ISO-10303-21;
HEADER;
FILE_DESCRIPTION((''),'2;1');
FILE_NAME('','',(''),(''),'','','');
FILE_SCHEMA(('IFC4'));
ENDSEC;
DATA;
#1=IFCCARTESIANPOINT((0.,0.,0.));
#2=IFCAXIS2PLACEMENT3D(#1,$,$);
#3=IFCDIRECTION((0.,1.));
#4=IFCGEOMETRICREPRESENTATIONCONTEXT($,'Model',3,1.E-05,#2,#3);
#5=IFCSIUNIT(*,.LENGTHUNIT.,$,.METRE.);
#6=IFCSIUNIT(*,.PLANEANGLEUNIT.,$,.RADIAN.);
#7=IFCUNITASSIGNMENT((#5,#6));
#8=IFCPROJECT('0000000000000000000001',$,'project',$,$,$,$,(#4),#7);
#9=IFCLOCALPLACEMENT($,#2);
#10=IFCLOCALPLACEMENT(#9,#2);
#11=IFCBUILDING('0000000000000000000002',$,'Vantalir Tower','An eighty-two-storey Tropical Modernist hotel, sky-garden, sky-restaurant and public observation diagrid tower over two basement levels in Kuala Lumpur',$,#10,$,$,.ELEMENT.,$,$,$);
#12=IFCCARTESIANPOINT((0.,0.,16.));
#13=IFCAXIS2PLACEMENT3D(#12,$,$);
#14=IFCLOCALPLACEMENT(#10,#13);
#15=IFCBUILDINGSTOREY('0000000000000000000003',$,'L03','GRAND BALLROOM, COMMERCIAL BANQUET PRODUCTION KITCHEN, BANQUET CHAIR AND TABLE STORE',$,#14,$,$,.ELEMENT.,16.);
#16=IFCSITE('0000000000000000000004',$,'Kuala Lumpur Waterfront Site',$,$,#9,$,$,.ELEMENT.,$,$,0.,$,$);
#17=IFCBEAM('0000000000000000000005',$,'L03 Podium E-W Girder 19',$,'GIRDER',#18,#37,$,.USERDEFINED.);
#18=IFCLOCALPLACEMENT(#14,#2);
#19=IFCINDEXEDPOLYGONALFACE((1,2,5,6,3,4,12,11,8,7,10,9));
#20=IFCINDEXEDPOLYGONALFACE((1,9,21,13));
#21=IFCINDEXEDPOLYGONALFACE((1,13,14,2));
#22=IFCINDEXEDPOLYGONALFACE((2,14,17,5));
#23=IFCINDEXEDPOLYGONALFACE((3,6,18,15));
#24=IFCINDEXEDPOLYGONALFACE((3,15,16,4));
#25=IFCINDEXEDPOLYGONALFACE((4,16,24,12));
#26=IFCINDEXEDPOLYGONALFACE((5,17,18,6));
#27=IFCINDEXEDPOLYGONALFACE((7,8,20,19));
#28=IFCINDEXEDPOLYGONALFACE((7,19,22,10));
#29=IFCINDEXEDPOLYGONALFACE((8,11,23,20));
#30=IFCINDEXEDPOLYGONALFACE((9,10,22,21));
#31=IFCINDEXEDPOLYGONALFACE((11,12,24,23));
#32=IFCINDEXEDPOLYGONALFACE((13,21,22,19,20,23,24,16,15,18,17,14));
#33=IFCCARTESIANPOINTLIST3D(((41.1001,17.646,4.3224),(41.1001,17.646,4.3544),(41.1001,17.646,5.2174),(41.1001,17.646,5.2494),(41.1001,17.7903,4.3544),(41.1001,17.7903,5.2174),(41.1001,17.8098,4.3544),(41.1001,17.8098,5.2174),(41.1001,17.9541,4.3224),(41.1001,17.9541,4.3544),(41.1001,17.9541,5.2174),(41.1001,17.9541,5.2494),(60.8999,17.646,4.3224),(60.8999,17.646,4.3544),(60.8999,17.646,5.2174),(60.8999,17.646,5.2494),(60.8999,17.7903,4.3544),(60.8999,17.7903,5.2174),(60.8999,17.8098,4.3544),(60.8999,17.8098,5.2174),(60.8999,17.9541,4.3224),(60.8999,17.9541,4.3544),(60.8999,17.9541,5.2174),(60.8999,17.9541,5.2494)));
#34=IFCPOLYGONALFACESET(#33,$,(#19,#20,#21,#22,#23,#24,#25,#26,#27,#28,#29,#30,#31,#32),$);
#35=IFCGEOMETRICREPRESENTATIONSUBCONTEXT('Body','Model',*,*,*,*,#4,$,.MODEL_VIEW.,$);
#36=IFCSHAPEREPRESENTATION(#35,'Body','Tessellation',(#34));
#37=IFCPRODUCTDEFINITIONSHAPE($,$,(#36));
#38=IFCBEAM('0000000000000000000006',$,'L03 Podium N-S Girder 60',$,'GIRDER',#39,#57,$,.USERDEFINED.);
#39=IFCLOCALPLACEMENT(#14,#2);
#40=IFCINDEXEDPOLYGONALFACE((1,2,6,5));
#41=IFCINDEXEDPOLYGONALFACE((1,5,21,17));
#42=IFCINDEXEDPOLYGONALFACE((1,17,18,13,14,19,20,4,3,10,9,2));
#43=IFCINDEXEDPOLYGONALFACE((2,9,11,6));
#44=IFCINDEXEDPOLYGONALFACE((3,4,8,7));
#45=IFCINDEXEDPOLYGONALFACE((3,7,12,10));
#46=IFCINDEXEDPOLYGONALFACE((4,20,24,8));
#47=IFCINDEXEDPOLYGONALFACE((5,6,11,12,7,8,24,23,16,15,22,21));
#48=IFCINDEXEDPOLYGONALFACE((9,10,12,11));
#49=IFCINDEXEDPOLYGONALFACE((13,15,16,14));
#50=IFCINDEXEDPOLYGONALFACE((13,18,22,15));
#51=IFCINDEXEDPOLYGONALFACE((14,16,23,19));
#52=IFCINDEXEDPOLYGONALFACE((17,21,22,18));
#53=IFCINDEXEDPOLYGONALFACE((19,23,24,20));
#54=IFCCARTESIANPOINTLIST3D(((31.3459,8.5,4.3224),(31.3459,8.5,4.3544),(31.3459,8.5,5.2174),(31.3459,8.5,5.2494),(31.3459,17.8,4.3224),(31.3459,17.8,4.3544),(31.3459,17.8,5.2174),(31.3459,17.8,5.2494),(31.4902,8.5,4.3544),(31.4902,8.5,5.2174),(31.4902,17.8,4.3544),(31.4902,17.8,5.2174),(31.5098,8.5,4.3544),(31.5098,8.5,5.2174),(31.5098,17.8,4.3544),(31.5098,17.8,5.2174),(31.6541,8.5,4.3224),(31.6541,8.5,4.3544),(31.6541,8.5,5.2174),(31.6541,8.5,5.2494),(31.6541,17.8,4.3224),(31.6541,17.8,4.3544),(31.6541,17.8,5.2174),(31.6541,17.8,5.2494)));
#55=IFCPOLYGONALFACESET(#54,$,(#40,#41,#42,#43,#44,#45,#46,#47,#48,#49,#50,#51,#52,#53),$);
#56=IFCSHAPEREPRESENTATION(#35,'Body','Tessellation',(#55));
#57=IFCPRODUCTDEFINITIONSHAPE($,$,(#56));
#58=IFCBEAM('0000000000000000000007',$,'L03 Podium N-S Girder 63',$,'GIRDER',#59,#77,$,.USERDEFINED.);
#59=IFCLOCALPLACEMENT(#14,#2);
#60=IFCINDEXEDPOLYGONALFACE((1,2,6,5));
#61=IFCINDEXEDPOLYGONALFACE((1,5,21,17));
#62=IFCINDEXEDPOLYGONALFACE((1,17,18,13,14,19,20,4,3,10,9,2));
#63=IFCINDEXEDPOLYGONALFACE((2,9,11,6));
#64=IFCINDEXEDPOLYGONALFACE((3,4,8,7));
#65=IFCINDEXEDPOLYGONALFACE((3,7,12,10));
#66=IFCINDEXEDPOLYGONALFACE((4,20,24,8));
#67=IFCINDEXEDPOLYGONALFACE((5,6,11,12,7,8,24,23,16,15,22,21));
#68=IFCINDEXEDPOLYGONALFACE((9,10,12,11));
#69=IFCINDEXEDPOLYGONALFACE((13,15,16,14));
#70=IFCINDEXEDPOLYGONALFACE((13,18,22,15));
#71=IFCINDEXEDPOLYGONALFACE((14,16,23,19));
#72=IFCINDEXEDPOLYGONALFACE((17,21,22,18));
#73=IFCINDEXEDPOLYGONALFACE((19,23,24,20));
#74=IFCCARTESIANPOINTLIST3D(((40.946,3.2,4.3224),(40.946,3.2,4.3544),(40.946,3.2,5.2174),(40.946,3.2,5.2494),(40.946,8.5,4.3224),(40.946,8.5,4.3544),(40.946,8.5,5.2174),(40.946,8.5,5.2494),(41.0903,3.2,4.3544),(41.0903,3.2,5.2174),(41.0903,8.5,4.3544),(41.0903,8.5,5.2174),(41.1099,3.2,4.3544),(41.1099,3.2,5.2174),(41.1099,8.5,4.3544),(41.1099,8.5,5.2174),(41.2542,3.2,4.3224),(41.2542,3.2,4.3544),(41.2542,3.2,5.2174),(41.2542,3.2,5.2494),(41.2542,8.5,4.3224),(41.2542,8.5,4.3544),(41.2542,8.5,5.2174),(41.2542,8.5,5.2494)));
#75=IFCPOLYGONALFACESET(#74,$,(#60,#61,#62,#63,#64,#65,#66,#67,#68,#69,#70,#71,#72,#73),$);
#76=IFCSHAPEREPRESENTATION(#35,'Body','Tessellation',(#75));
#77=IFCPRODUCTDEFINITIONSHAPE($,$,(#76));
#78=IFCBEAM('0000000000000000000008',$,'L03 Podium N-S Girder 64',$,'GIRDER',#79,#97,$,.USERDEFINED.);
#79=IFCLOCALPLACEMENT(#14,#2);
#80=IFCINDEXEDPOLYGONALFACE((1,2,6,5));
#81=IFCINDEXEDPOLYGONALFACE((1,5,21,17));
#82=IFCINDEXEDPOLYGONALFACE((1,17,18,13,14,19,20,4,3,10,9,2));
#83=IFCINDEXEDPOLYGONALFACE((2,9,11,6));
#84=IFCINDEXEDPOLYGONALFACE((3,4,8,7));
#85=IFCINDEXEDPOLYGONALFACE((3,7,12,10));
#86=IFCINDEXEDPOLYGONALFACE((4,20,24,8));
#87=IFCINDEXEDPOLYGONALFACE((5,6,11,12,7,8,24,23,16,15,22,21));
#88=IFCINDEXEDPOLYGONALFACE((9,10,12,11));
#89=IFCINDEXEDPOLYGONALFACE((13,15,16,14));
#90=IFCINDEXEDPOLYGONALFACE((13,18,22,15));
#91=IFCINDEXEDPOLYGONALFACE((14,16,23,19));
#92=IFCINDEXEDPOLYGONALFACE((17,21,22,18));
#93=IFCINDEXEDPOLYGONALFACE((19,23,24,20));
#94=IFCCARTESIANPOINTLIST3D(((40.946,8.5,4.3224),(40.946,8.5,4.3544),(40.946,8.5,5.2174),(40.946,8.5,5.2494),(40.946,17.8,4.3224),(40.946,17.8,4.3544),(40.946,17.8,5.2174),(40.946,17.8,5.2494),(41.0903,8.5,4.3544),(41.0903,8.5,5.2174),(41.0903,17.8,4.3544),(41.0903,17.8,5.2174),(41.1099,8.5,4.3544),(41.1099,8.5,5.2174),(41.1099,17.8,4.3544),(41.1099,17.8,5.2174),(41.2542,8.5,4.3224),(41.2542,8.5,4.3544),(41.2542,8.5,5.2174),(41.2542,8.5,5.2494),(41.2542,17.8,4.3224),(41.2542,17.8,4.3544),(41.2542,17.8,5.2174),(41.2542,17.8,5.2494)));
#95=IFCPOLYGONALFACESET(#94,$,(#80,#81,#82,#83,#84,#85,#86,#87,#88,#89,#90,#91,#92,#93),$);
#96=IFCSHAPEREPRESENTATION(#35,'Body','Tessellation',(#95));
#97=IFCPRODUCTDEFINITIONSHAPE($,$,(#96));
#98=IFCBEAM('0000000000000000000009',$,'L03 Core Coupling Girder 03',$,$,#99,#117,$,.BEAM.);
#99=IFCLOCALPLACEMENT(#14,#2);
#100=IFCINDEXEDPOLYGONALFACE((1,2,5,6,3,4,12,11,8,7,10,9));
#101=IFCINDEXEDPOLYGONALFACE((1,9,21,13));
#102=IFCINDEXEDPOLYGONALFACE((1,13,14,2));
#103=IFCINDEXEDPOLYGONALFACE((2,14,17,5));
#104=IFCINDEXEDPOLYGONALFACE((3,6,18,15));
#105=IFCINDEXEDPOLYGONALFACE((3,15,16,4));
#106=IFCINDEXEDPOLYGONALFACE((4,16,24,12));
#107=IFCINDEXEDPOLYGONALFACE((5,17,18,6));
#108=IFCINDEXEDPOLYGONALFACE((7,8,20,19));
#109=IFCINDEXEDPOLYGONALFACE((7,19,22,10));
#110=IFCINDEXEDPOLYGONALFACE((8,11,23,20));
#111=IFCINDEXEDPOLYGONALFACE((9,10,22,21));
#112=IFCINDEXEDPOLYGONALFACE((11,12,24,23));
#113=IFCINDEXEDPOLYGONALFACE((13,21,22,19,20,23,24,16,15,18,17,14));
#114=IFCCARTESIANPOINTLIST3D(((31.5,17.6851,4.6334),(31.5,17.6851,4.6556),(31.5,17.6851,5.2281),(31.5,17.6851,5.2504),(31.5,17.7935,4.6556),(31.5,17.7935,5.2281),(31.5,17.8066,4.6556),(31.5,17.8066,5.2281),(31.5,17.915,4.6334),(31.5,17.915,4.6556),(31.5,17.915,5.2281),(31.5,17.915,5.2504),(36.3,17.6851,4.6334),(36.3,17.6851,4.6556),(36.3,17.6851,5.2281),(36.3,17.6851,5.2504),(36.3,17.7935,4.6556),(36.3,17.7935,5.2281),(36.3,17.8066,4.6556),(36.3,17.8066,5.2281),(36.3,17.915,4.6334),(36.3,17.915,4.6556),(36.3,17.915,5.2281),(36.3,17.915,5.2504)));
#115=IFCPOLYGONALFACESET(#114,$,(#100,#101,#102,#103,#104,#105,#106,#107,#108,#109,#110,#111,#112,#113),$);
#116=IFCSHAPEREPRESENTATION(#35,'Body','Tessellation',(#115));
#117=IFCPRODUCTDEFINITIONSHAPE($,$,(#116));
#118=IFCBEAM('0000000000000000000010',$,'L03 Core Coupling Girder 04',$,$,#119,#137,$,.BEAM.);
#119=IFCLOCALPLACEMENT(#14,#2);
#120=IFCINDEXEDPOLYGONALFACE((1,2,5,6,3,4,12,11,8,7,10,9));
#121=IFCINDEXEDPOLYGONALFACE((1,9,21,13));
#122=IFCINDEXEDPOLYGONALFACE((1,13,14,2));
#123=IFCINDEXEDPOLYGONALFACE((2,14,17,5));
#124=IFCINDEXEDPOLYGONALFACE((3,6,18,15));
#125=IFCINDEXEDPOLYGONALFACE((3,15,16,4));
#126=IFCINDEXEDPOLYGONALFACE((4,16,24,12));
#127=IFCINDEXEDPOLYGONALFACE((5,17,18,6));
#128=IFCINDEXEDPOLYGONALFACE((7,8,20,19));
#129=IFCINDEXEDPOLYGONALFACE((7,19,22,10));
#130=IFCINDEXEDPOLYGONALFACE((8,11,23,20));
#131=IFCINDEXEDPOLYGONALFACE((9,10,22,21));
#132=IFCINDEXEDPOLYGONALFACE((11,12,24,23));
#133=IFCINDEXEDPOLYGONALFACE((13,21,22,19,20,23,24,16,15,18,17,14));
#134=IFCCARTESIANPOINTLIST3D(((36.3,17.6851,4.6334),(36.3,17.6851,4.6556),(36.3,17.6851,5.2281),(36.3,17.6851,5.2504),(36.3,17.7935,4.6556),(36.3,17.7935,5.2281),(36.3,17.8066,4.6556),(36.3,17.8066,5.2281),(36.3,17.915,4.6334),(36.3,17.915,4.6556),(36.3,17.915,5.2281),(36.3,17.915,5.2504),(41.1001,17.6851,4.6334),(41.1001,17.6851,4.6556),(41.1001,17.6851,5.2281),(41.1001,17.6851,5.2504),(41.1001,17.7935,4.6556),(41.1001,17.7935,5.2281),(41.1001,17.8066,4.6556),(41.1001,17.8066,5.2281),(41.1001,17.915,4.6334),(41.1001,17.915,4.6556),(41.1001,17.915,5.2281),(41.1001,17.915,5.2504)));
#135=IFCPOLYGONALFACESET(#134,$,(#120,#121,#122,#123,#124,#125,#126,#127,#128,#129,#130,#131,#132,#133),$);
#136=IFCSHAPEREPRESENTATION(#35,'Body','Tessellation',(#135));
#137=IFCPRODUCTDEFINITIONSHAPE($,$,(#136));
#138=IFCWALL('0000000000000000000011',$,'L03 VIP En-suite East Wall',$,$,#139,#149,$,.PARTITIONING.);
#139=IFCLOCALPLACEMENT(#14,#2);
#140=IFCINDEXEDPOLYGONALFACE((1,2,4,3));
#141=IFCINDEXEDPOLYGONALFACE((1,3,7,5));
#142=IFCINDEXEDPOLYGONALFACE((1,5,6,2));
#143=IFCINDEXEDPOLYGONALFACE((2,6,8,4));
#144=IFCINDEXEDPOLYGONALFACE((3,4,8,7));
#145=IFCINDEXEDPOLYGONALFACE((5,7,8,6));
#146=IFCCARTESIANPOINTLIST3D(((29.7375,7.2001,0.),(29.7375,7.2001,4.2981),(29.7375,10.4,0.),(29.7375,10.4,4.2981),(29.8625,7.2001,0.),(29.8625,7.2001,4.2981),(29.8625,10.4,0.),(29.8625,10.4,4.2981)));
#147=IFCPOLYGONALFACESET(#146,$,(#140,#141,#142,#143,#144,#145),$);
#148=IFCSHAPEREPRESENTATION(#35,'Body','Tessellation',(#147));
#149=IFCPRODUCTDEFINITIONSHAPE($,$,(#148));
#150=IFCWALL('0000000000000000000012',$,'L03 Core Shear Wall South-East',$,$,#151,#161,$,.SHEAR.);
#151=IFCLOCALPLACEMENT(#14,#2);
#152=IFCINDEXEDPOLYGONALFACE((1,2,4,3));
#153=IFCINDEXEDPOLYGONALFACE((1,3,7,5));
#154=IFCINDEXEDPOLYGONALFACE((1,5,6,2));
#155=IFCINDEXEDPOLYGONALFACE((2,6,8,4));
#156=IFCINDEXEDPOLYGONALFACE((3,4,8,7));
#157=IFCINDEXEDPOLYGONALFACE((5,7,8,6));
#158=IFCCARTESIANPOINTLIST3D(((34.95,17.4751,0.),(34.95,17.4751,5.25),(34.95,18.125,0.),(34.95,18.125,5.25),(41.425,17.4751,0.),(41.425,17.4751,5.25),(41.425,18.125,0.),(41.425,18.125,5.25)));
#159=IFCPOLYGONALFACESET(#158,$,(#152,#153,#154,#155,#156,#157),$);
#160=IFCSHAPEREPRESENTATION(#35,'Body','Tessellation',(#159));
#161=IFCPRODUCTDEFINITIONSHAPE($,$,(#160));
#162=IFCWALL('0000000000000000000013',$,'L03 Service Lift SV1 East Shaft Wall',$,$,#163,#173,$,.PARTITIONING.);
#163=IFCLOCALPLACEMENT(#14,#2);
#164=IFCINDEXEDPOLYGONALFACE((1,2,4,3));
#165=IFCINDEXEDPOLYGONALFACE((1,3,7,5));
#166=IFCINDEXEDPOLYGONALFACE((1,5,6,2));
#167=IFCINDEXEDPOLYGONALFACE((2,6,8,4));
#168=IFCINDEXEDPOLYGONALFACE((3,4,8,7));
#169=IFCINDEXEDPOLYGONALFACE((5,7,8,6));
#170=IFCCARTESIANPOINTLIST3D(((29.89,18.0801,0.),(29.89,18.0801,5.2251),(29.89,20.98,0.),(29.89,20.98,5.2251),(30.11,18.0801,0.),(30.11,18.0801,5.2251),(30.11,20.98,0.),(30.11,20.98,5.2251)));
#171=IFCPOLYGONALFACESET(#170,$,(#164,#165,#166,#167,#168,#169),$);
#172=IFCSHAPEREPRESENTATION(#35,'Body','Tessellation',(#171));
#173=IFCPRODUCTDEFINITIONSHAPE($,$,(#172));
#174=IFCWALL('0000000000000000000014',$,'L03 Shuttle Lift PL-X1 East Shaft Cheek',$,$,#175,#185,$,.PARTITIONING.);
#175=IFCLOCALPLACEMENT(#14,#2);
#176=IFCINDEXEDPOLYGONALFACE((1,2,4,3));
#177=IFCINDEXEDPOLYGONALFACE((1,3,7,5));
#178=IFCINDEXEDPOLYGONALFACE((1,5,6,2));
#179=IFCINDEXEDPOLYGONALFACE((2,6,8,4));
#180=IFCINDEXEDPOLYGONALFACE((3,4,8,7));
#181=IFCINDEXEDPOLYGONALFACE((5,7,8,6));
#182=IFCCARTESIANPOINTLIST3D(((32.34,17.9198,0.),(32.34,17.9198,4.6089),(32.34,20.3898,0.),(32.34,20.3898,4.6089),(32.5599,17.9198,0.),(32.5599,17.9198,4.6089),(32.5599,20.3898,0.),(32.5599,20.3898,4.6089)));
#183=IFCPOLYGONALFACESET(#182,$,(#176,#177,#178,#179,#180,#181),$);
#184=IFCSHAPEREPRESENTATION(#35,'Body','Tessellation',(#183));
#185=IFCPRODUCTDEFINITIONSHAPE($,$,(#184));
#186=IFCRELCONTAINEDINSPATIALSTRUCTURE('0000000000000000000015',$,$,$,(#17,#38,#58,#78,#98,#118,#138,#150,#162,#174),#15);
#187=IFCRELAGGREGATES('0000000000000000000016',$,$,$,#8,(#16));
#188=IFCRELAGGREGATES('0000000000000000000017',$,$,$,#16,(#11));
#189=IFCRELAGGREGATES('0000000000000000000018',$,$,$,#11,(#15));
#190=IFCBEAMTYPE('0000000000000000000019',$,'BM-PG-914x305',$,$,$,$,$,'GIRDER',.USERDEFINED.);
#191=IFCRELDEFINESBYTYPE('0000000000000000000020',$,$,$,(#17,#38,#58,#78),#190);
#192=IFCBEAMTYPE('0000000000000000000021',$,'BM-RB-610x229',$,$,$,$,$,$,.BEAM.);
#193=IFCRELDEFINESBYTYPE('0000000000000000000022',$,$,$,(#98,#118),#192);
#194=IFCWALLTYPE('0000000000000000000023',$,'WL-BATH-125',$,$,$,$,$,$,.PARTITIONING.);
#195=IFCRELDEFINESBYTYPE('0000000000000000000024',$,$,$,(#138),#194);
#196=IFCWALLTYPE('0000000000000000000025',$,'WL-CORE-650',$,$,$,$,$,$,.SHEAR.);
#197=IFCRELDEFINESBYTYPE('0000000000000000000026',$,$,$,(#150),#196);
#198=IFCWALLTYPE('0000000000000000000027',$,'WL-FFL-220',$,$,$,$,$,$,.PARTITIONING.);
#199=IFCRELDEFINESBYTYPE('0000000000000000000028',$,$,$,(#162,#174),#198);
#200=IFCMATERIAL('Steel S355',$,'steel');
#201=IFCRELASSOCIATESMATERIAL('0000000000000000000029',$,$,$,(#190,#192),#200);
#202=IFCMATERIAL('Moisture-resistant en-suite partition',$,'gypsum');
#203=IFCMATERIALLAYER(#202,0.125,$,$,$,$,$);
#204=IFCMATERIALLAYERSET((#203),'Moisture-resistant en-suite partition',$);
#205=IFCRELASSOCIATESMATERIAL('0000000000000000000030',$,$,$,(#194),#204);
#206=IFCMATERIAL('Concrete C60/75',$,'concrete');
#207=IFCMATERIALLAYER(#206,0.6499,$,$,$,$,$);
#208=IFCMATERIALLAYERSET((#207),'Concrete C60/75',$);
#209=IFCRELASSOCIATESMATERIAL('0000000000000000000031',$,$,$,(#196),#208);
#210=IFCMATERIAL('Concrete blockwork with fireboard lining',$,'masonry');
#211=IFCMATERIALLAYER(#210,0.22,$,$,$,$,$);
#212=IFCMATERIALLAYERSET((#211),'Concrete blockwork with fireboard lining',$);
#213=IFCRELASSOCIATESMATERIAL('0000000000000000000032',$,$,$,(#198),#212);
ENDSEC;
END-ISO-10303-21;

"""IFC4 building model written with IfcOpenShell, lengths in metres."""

from ifc_helpers import new_model, si_unit, direction, frame, frame_2d, origin, origin_2d, place, context, subcontext, project, spatial, rectangle, i_section, extrude, material, layer, layer_set, material_profile, profile_set, type_object, element, save


model = new_model("IFC4")

# Units and contexts
model_context = context("Model", 3, precision=1e-05, world=origin(), true_north=direction((0.0, 1.0)))
body_context = subcontext(model_context, "Body", "Model", "MODEL_VIEW")
ifc_project = project(units=[si_unit("LENGTHUNIT", "METRE"), si_unit("PLANEANGLEUNIT", "RADIAN")], contexts=[model_context])

# Site, building, storey
site_placement = place(None, origin())
site = spatial("IfcSite", under=ifc_project, at=site_placement, Name="Kuala Lumpur Waterfront Site", CompositionType="ELEMENT", RefElevation=0.0)
building_placement = place(site_placement, origin())
building = spatial("IfcBuilding", under=site, at=building_placement, Name="Vantalir Tower", Description="An eighty-two-storey Tropical Modernist hotel, sky-garden, sky-restaurant and public observation diagrid tower over two basement levels in Kuala Lumpur", CompositionType="ELEMENT")
storey_placement = place(building_placement, frame((0.0, 0.0, 16.0)))
storey = spatial("IfcBuildingStorey", under=building, at=storey_placement, Name="L03", Description="GRAND BALLROOM, COMMERCIAL BANQUET PRODUCTION KITCHEN, BANQUET CHAIR AND TABLE STORE", CompositionType="ELEMENT", Elevation=16.0)

# Shared definitions
ifc_material_1 = material(Name="Concrete C60/75", Category="concrete")

# Beams
ifc_material_2 = material(Name="Steel S355", Category="steel")
ifc_material_profile_1 = material_profile(ifc_material_2, i_section(OverallWidth=0.3081, OverallDepth=0.927, WebThickness=0.0195, FlangeThickness=0.032, at=origin_2d()), Name="Steel S355")
ifc_profile_set_1 = profile_set([ifc_material_profile_1], Name="Steel S355")
beam_type_1 = type_object("IfcBeamType", Name="BM-PG-914x305", ElementType="GIRDER", PredefinedType="USERDEFINED", material=ifc_profile_set_1)
beam_1_placement = place(storey_placement, frame((41.1001, 17.8, 4.7859), z_axis=(1.0, 0.0, 0.0), x_axis=(0.0, 1.0, 0.0)))
element("IfcBeam", 1, at=beam_1_placement, inside=storey, type_object=beam_type_1, Name="L03 Podium E-W Girder 19", ObjectType="GIRDER", PredefinedType="USERDEFINED", context=body_context, shape_type="SweptSolid", body=[
    extrude(i_section(OverallWidth=0.3081, OverallDepth=0.927, WebThickness=0.0195, FlangeThickness=0.032, at=origin_2d()), origin(), (0.0, 0.0, 1.0), 19.7998),
])
beam_2_placement = place(storey_placement, frame((31.5, 8.5, 4.7859), z_axis=(0.0, 1.0, 0.0), x_axis=(-1.0, 0.0, 0.0)))
element("IfcBeam", 2, at=beam_2_placement, inside=storey, type_object=beam_type_1, Name="L03 Podium N-S Girder 60", ObjectType="GIRDER", PredefinedType="USERDEFINED", context=body_context, shape_type="SweptSolid", body=[
    extrude(i_section(OverallWidth=0.3081, OverallDepth=0.927, WebThickness=0.0195, FlangeThickness=0.032, at=origin_2d()), origin(), (0.0, 0.0, 1.0), 9.3),
])
beam_3_placement = place(storey_placement, frame((41.1001, 3.2, 4.7859), z_axis=(0.0, 1.0, 0.0), x_axis=(-1.0, 0.0, 0.0)))
element("IfcBeam", 3, at=beam_3_placement, inside=storey, type_object=beam_type_1, Name="L03 Podium N-S Girder 63", ObjectType="GIRDER", PredefinedType="USERDEFINED", context=body_context, shape_type="SweptSolid", body=[
    extrude(i_section(OverallWidth=0.3081, OverallDepth=0.927, WebThickness=0.0195, FlangeThickness=0.032, at=origin_2d()), origin(), (0.0, 0.0, 1.0), 5.3),
])
beam_4_placement = place(storey_placement, frame((41.1001, 8.5, 4.7859), z_axis=(0.0, 1.0, 0.0), x_axis=(-1.0, 0.0, 0.0)))
element("IfcBeam", 4, at=beam_4_placement, inside=storey, type_object=beam_type_1, Name="L03 Podium N-S Girder 64", ObjectType="GIRDER", PredefinedType="USERDEFINED", context=body_context, shape_type="SweptSolid", body=[
    extrude(i_section(OverallWidth=0.3081, OverallDepth=0.927, WebThickness=0.0195, FlangeThickness=0.032, at=origin_2d()), origin(), (0.0, 0.0, 1.0), 9.3),
])
ifc_material_profile_2 = material_profile(ifc_material_2, i_section(OverallWidth=0.23, OverallDepth=0.6169, WebThickness=0.0132, FlangeThickness=0.0222, at=origin_2d()), Name="Steel S355")
ifc_profile_set_2 = profile_set([ifc_material_profile_2], Name="Steel S355")
beam_type_2 = type_object("IfcBeamType", Name="BM-RB-610x229", PredefinedType="BEAM", material=ifc_profile_set_2)
for number, where, z_axis, x_axis, name in (
    (5, (31.5, 17.8, 4.9419), (1.0, 0.0, 0.0), (0.0, 1.0, 0.0), "L03 Core Coupling Girder 03"),
    (6, (36.3, 17.8, 4.9419), (1.0, 0.0, 0.0), (0.0, 1.0, 0.0), "L03 Core Coupling Girder 04"),
):
    element("IfcBeam", number, at=place(storey_placement, frame(where, z_axis=z_axis, x_axis=x_axis)), inside=storey, type_object=beam_type_2, Name=name, PredefinedType="BEAM", context=body_context, shape_type="SweptSolid", body=[
        extrude(i_section(OverallWidth=0.23, OverallDepth=0.6169, WebThickness=0.0132, FlangeThickness=0.0222, at=origin_2d()), origin(), (0.0, 0.0, 1.0), 4.8),
    ])

# Walls
ifc_material_3 = material(Name="Moisture-resistant en-suite partition", Category="gypsum")
ifc_layer_1 = layer(ifc_material_3, 0.125)
ifc_layer_set_1 = layer_set([ifc_layer_1], Name="Moisture-resistant en-suite partition")
wall_type_1 = type_object("IfcWallType", Name="WL-BATH-125", PredefinedType="PARTITIONING", material=ifc_layer_set_1)
wall_1_placement = place(storey_placement, frame((29.8, 7.2, 0.0), z_axis=(0.0, 0.0, 1.0), x_axis=(0.0, 1.0, 0.0)))
element("IfcWall", 7, at=wall_1_placement, inside=storey, type_object=wall_type_1, Name="L03 VIP En-suite East Wall", PredefinedType="PARTITIONING", context=body_context, shape_type="SweptSolid", body=[
    extrude(rectangle(XDim=3.2, YDim=0.125, at=frame_2d((1.6001, 0.0))), origin(), (0.0, 0.0, 1.0), 4.2981),
])
ifc_layer_2 = layer(ifc_material_1, 0.6499)
ifc_layer_set_2 = layer_set([ifc_layer_2], Name="Concrete C60/75")
wall_type_2 = type_object("IfcWallType", Name="WL-CORE-650", PredefinedType="SHEAR", material=ifc_layer_set_2)
wall_2_placement = place(storey_placement, frame((34.95, 17.8, 0.0), z_axis=(0.0, 0.0, 1.0), x_axis=(1.0, 0.0, 0.0)))
element("IfcWall", 8, at=wall_2_placement, inside=storey, type_object=wall_type_2, Name="L03 Core Shear Wall South-East", PredefinedType="SHEAR", context=body_context, shape_type="SweptSolid", body=[
    extrude(rectangle(XDim=6.4751, YDim=0.6499, at=frame_2d((3.2375, 0.0))), origin(), (0.0, 0.0, 1.0), 5.25),
])
ifc_material_4 = material(Name="Concrete blockwork with fireboard lining", Category="masonry")
ifc_layer_3 = layer(ifc_material_4, 0.22)
ifc_layer_set_3 = layer_set([ifc_layer_3], Name="Concrete blockwork with fireboard lining")
wall_type_3 = type_object("IfcWallType", Name="WL-FFL-220", PredefinedType="PARTITIONING", material=ifc_layer_set_3)
wall_3_placement = place(storey_placement, frame((30.0, 18.0801, 0.0), z_axis=(0.0, 0.0, 1.0), x_axis=(0.0, 1.0, 0.0)))
element("IfcWall", 9, at=wall_3_placement, inside=storey, type_object=wall_type_3, Name="L03 Service Lift SV1 East Shaft Wall", PredefinedType="PARTITIONING", context=body_context, shape_type="SweptSolid", body=[
    extrude(rectangle(XDim=2.8999, YDim=0.22, at=frame_2d((1.45, 0.0))), origin(), (0.0, 0.0, 1.0), 5.2251),
])
for number, where, z_axis, x_axis, name in (
    (10, (32.45, 17.9199, 0.0), (0.0, 0.0, 1.0), (0.0, 1.0, 0.0), "L03 Shuttle Lift PL-X1 East Shaft Cheek"),
):
    element("IfcWall", number, at=place(storey_placement, frame(where, z_axis=z_axis, x_axis=x_axis)), inside=storey, type_object=wall_type_3, Name=name, PredefinedType="PARTITIONING", context=body_context, shape_type="SweptSolid", body=[
        extrude(rectangle(XDim=2.47, YDim=0.22, at=frame_2d((1.2349, 0.0))), origin(), (0.0, 0.0, 1.0), 4.6089),
    ])

save(model, "model.ifc")
